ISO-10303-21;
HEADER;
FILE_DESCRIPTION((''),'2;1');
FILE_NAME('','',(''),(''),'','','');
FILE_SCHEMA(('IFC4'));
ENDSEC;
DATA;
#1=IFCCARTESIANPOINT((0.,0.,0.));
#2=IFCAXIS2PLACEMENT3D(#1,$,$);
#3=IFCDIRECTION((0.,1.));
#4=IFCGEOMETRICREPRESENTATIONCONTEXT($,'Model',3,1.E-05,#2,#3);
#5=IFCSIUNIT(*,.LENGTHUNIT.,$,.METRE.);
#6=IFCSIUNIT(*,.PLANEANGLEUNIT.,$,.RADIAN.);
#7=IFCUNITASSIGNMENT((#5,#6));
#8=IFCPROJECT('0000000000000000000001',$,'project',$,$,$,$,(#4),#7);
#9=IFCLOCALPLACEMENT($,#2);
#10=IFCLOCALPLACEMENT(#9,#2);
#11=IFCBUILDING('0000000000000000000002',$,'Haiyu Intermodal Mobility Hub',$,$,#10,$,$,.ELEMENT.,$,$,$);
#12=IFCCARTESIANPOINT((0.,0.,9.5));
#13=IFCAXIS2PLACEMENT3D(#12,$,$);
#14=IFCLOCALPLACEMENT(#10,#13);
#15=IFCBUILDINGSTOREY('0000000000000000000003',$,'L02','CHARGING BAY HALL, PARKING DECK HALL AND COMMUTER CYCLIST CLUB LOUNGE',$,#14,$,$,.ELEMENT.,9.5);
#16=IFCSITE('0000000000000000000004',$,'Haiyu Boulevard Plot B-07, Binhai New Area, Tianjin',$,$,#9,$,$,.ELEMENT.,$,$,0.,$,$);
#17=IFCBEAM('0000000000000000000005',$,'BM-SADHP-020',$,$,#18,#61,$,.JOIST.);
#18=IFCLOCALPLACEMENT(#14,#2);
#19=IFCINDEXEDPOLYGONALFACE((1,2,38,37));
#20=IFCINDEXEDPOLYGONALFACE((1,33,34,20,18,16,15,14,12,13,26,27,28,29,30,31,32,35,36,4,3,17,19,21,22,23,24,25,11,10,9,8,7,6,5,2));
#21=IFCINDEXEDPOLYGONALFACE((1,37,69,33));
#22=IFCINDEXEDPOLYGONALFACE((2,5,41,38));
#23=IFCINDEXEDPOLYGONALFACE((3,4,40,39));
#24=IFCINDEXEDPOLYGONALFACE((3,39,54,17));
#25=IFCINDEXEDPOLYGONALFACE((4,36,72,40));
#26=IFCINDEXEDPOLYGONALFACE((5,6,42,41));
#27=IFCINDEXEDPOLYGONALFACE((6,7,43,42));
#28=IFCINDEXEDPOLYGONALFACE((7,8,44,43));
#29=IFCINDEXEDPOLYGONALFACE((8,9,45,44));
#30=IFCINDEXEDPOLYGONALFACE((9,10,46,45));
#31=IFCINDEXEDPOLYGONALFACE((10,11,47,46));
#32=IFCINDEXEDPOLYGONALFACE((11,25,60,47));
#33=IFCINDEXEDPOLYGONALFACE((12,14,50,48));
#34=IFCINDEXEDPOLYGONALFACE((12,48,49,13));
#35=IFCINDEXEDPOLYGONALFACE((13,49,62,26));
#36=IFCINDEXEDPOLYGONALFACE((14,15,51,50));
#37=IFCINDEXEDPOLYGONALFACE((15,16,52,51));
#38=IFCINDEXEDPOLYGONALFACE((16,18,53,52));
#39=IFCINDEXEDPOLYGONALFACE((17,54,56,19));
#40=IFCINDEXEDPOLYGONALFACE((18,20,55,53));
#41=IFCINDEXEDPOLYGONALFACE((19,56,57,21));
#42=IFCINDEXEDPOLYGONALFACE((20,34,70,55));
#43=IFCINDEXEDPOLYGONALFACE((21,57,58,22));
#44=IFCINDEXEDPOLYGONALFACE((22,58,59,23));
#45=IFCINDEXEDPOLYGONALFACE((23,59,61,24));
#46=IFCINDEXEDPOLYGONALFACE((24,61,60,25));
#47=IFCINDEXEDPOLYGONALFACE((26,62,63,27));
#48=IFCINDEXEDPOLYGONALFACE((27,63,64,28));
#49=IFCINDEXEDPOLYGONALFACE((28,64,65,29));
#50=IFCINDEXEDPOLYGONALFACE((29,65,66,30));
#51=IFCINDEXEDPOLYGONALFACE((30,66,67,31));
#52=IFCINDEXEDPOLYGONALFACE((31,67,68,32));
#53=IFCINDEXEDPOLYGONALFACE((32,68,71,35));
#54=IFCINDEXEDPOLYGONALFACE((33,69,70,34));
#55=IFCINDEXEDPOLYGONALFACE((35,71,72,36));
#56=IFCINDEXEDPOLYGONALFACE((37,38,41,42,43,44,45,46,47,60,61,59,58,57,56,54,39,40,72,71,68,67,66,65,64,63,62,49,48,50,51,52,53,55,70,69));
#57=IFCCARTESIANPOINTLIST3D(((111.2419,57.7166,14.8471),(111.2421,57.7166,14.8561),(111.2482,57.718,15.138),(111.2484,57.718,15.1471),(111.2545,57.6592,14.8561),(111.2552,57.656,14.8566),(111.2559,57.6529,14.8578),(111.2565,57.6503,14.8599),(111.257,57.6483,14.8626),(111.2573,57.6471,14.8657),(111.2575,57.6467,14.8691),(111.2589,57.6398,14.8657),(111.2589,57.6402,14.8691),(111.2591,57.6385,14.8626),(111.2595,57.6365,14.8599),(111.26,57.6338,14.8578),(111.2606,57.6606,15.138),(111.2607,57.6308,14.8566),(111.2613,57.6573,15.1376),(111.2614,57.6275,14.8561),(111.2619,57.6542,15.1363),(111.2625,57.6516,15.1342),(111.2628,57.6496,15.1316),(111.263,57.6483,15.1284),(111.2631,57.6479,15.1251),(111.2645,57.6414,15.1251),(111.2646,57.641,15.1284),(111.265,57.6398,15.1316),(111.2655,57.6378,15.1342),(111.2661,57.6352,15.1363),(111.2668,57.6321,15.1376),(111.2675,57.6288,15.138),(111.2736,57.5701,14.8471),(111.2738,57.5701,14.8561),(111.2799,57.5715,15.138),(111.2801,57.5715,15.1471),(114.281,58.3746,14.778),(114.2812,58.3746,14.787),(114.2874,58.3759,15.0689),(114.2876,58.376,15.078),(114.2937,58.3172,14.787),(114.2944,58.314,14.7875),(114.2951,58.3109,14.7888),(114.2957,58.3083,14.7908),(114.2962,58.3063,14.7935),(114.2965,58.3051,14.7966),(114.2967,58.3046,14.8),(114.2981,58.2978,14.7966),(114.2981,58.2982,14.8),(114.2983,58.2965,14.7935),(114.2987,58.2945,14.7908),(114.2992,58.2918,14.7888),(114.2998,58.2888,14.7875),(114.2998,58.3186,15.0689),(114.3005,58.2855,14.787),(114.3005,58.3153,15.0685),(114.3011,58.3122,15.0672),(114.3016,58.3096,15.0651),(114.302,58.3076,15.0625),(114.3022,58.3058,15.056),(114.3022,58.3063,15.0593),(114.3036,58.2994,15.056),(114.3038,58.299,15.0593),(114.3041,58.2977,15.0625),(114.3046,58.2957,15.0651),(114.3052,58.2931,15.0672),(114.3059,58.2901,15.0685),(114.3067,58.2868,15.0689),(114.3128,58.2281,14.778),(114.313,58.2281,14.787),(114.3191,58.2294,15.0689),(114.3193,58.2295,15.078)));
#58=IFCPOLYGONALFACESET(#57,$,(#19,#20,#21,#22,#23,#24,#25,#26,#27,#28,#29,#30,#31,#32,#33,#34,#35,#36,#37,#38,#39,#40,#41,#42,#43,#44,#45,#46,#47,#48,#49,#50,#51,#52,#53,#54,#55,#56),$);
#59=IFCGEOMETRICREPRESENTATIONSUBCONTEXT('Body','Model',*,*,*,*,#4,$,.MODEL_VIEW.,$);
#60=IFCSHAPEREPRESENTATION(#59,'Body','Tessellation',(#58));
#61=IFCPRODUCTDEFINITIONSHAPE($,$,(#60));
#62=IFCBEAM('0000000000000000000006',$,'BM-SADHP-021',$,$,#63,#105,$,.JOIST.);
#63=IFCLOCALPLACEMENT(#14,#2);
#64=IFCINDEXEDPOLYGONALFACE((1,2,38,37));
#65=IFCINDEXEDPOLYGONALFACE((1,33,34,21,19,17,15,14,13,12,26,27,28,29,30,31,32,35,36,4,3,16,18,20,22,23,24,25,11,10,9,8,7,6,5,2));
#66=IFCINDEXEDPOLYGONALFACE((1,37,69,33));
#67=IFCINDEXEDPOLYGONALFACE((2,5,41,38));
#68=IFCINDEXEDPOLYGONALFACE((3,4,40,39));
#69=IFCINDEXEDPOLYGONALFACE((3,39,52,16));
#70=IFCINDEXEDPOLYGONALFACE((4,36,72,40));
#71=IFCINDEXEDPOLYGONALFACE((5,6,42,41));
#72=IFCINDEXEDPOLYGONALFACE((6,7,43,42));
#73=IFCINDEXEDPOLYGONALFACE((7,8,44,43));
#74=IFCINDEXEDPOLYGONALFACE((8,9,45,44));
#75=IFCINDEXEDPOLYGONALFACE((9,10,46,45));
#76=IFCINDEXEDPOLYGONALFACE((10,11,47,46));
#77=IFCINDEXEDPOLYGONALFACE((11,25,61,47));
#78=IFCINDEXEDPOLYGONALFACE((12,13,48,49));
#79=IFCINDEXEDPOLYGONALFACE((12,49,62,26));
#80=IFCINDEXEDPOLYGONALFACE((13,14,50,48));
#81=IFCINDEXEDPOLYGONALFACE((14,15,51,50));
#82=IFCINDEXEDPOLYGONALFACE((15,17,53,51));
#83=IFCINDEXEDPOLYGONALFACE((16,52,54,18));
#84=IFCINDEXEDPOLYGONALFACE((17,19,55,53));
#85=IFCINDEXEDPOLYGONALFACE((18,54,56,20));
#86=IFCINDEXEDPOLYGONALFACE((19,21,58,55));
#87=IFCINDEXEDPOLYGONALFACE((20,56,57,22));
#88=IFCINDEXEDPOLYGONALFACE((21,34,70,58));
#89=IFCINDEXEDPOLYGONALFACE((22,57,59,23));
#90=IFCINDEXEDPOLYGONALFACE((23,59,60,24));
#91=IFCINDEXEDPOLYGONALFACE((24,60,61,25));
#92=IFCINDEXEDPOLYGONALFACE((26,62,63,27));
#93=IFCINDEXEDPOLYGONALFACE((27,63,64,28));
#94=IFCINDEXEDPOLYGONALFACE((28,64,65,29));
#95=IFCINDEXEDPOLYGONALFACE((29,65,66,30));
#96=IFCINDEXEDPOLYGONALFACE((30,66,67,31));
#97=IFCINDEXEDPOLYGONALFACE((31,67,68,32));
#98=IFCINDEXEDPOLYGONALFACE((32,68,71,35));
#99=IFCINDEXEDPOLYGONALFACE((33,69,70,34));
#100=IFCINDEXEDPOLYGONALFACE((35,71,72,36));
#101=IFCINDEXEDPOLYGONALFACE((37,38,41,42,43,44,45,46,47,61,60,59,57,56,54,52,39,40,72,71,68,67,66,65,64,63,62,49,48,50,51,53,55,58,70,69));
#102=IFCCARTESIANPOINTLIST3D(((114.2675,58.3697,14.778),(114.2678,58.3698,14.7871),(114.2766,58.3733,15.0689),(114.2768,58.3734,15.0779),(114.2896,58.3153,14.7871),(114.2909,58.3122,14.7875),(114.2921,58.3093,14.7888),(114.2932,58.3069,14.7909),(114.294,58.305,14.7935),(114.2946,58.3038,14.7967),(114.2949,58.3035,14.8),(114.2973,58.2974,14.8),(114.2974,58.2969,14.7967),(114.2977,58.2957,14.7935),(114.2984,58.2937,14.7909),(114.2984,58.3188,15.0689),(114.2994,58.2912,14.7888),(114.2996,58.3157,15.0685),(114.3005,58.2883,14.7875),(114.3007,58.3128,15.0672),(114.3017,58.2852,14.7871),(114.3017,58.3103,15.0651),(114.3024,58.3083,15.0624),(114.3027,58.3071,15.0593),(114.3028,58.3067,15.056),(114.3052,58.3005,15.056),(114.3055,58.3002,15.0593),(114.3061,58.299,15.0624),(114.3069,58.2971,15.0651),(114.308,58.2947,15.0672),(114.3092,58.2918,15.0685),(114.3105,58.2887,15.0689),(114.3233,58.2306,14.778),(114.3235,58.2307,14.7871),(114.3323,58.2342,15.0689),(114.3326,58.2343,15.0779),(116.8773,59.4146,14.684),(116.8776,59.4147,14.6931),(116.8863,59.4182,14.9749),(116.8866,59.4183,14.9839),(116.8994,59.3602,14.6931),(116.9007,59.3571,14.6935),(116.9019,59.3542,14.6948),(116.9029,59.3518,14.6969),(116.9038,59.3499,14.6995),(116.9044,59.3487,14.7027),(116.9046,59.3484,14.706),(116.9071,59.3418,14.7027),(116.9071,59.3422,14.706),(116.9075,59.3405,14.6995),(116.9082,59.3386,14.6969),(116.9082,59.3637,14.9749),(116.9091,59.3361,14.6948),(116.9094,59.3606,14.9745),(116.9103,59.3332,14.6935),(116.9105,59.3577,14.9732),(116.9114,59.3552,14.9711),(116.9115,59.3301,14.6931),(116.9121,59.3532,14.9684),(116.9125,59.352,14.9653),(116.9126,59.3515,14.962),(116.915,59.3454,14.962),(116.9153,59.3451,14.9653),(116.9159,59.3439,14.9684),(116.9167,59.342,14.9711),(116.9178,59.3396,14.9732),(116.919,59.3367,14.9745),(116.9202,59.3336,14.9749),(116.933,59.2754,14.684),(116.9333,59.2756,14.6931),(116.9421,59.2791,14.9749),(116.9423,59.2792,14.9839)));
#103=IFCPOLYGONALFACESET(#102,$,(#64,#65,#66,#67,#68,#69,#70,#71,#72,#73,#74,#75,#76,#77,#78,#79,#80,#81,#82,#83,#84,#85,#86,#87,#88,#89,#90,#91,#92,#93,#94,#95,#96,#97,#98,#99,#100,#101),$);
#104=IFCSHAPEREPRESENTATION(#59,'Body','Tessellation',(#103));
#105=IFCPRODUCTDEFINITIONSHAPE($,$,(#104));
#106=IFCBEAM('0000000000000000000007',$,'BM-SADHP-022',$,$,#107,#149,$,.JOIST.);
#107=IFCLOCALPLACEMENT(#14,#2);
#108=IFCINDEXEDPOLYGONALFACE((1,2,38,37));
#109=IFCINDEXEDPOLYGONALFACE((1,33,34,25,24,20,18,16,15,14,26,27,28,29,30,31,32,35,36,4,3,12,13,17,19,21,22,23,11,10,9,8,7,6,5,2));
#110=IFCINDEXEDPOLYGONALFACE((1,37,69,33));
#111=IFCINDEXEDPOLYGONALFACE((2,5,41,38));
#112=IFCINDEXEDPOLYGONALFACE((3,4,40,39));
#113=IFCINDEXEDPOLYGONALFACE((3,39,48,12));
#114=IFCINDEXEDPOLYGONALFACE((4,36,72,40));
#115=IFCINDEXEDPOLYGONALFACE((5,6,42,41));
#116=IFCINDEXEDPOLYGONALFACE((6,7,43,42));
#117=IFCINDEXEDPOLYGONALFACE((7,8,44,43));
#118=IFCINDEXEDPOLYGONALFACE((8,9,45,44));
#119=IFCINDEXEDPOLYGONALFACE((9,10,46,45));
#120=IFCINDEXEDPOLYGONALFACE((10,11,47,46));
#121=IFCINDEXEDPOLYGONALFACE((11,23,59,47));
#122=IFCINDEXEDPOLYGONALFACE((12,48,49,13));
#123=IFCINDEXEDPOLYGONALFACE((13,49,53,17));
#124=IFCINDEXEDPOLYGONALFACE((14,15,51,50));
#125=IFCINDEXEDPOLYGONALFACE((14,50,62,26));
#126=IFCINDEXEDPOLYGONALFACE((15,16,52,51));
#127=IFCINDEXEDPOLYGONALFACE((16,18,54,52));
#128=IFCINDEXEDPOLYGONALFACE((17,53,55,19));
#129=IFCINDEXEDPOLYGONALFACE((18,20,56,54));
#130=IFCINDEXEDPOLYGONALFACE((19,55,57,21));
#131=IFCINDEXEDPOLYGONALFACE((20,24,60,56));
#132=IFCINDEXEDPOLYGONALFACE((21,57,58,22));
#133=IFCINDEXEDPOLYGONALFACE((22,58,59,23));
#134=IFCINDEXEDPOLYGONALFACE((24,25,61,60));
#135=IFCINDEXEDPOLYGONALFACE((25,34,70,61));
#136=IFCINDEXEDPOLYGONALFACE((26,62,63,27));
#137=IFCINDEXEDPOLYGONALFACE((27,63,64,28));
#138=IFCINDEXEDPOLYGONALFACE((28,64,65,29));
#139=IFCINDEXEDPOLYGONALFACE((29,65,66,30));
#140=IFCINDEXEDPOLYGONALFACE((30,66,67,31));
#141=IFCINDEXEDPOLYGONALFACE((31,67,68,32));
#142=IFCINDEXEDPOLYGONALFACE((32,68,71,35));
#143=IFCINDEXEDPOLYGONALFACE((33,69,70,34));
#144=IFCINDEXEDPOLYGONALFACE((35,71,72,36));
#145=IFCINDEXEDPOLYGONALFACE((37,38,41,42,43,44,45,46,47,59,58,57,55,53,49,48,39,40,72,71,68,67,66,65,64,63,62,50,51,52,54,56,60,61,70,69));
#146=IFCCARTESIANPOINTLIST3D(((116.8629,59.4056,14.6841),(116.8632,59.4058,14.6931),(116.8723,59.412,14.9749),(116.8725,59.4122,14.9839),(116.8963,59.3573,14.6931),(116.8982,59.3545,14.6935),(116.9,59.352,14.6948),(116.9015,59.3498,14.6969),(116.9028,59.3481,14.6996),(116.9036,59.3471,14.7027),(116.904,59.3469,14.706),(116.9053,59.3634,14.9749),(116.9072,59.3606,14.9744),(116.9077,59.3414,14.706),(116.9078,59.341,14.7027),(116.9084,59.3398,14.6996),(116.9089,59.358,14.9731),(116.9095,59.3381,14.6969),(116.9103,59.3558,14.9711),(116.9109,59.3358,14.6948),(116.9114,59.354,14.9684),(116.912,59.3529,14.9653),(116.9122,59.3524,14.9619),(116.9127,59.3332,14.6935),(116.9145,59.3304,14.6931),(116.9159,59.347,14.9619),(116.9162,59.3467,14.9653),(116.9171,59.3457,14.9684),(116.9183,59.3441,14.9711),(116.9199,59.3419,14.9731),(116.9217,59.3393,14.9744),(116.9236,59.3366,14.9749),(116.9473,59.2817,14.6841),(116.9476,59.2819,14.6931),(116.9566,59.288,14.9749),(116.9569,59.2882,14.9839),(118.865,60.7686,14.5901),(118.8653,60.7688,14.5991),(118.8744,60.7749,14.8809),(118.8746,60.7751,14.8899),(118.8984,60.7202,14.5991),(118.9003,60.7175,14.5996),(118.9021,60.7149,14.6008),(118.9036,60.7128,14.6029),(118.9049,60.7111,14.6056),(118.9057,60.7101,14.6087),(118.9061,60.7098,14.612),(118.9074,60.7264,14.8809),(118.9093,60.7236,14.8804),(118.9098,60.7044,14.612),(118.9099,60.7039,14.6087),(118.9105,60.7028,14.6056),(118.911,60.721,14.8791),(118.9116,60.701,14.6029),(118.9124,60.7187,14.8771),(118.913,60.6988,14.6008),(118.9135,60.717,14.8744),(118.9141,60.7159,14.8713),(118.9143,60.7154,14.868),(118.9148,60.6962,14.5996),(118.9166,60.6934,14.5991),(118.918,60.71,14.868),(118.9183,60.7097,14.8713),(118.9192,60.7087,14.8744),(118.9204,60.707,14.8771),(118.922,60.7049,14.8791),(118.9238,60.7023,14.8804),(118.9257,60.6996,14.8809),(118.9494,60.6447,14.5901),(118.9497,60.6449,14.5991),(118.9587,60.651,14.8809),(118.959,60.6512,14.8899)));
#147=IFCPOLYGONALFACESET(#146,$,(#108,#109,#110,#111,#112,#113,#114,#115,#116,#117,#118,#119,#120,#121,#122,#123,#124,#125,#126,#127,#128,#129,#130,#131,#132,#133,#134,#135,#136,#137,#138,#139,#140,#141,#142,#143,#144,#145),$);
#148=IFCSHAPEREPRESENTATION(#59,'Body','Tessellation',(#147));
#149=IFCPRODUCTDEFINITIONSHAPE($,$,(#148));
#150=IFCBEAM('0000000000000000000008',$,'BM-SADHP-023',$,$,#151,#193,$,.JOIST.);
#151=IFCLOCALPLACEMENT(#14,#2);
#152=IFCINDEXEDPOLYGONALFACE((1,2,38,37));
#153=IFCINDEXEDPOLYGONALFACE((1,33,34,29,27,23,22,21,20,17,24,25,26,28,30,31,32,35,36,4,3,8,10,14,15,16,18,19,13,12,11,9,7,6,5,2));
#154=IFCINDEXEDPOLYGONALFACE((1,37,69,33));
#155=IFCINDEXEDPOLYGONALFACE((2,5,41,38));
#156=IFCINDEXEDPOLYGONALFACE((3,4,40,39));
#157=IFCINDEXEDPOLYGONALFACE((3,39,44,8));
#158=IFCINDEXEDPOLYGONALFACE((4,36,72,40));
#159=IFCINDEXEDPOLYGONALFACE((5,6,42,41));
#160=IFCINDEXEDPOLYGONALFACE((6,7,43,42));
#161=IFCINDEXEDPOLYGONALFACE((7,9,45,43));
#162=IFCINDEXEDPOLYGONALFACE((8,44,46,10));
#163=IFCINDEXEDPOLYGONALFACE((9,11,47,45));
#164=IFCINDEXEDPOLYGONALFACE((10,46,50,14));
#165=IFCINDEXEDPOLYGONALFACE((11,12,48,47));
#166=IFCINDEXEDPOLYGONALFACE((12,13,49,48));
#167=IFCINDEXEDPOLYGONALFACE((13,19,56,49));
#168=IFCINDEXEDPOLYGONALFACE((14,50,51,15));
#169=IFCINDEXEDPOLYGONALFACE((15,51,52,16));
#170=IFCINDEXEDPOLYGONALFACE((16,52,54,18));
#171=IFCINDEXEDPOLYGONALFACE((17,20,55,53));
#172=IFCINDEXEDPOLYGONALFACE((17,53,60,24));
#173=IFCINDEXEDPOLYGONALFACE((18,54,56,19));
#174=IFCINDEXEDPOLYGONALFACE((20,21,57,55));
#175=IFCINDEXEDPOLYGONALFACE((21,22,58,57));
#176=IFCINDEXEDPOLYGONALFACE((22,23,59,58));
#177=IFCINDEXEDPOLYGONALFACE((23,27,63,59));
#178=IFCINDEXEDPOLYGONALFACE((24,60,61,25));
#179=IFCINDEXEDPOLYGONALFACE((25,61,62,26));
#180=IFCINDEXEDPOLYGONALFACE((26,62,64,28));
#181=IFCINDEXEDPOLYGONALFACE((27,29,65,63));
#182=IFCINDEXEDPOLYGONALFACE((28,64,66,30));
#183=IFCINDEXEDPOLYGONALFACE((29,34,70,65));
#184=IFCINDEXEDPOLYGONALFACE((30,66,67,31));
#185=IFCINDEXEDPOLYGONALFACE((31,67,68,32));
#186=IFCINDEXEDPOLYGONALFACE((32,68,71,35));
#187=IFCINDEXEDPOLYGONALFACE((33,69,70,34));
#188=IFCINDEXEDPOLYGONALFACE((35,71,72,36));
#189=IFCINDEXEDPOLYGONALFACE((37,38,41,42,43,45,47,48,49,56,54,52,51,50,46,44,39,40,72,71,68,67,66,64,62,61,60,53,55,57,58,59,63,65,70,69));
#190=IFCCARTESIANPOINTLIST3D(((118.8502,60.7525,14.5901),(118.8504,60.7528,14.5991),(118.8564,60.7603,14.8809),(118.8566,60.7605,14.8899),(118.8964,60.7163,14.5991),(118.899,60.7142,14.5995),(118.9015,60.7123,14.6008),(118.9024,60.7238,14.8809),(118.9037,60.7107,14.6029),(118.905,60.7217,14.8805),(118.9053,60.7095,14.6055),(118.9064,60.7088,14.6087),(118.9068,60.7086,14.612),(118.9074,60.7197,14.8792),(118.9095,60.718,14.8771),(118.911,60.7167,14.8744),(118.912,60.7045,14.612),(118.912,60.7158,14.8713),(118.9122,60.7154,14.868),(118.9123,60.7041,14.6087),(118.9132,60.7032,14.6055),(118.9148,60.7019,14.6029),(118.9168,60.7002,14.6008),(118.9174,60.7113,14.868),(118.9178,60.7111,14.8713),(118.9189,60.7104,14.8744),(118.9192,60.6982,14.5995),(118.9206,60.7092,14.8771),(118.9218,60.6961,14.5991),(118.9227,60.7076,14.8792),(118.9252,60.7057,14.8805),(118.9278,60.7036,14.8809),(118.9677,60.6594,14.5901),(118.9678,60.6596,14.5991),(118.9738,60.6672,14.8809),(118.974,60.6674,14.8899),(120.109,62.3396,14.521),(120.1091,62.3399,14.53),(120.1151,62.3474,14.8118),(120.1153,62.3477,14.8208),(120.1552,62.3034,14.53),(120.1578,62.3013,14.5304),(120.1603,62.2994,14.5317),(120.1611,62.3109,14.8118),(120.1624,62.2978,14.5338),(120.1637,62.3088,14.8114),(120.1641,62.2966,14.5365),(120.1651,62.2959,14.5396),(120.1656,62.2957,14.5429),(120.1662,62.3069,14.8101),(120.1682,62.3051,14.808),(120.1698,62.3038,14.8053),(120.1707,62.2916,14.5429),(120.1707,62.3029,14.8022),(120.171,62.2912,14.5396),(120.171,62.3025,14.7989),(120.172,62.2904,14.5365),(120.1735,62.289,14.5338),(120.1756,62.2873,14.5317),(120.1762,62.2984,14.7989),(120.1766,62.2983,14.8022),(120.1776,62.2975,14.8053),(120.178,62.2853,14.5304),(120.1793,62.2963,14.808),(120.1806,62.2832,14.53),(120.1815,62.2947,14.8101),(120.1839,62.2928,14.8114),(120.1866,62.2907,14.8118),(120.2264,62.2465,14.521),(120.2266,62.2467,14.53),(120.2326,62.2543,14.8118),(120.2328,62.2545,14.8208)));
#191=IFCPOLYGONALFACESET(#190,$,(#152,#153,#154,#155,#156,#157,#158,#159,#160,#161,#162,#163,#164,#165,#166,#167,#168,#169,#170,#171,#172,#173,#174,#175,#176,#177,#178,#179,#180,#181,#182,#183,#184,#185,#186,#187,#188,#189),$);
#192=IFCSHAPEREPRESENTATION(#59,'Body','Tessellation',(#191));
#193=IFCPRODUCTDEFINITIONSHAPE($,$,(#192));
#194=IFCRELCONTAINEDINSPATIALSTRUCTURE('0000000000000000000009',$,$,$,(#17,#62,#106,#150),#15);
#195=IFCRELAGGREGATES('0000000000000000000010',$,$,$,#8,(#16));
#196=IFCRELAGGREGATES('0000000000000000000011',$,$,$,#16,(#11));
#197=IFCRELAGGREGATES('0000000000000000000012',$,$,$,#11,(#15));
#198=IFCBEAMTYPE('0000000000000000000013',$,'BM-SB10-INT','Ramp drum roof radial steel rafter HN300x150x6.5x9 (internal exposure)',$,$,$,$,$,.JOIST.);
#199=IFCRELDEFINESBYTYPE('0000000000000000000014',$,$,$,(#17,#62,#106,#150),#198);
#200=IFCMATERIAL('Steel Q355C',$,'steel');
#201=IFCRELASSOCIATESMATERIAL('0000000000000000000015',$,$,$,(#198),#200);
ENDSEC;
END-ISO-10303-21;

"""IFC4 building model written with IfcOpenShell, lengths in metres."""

from ifc_helpers import new_model, si_unit, direction, frame, origin, origin_2d, place, context, subcontext, project, spatial, i_section, extrude, material, material_profile, profile_set, type_object, element, save


model = new_model("IFC4")

# Units and contexts
model_context = context("Model", 3, precision=1e-05, world=origin(), true_north=direction((0.0, 1.0)))
body_context = subcontext(model_context, "Body", "Model", "MODEL_VIEW")
ifc_project = project(units=[si_unit("LENGTHUNIT", "METRE"), si_unit("PLANEANGLEUNIT", "RADIAN")], contexts=[model_context])

# Site, building, storey
site_placement = place(None, origin())
site = spatial("IfcSite", under=ifc_project, at=site_placement, Name="Haiyu Boulevard Plot B-07, Binhai New Area, Tianjin", CompositionType="ELEMENT", RefElevation=0.0)
building_placement = place(site_placement, origin())
building = spatial("IfcBuilding", under=site, at=building_placement, Name="Haiyu Intermodal Mobility Hub", CompositionType="ELEMENT")
storey_placement = place(building_placement, frame((0.0, 0.0, 9.5)))
storey = spatial("IfcBuildingStorey", under=building, at=storey_placement, Name="L02", Description="CHARGING BAY HALL, PARKING DECK HALL AND COMMUTER CYCLIST CLUB LOUNGE", CompositionType="ELEMENT", Elevation=9.5)

# Shared definitions
ifc_material_1 = material(Name="Steel Q355C", Category="steel")

# Beams
ifc_material_profile_1 = material_profile(ifc_material_1, i_section(OverallWidth=0.1499, OverallDepth=0.3, WebThickness=0.0066, FlangeThickness=0.009, FilletRadius=0.0129, at=origin_2d()), Name="HN300x150x6.5x9")
ifc_profile_set_1 = profile_set([ifc_material_profile_1], Name="Steel Q355C")
beam_type_1 = type_object("IfcBeamType", Name="BM-SB10-INT", Description="Ramp drum roof radial steel rafter HN300x150x6.5x9 (internal exposure)", PredefinedType="JOIST", material=ifc_profile_set_1)
beam_1_placement = place(storey_placement, frame((111.261, 57.644, 14.9971), z_axis=(0.977116, 0.211546, -0.022214), x_axis=(-0.211598, 0.977357, 0.0)))
element("IfcBeam", 1, at=beam_1_placement, inside=storey, type_object=beam_type_1, Name="BM-SADHP-020", PredefinedType="JOIST", context=body_context, shape_type="SweptSolid", body=[
    extrude(i_section(OverallWidth=0.1499, OverallDepth=0.3, WebThickness=0.0066, FlangeThickness=0.009, FilletRadius=0.0129, at=origin_2d()), origin(), (0.0, 0.0, 1.0), 3.1104),
])
beam_2_placement = place(storey_placement, frame((114.3, 58.302, 14.928), z_axis=(0.927838, 0.371483, -0.033416), x_axis=(-0.37169, 0.928357, 0.0)))
element("IfcBeam", 2, at=beam_2_placement, inside=storey, type_object=beam_type_1, Name="BM-SADHP-021", PredefinedType="JOIST", context=body_context, shape_type="SweptSolid", body=[
    extrude(i_section(OverallWidth=0.1499, OverallDepth=0.3, WebThickness=0.0066, FlangeThickness=0.009, FilletRadius=0.0129, at=origin_2d()), origin(), (0.0, 0.0, 1.0), 2.8127),
])
beam_3_placement = place(storey_placement, frame((116.9099, 59.3469, 14.834), z_axis=(0.826008, 0.562322, -0.038777), x_axis=(-0.562746, 0.82663, 0.0)))
element("IfcBeam", 3, at=beam_3_placement, inside=storey, type_object=beam_type_1, Name="BM-SADHP-022", PredefinedType="JOIST", context=body_context, shape_type="SweptSolid", body=[
    extrude(i_section(OverallWidth=0.1499, OverallDepth=0.3, WebThickness=0.0066, FlangeThickness=0.009, FilletRadius=0.0129, at=origin_2d()), origin(), (0.0, 0.0, 1.0), 2.4238),
])
beam_4_placement = place(storey_placement, frame((118.9121, 60.71, 14.74), z_axis=(0.621036, 0.78304, -0.034087), x_axis=(-0.783496, 0.621397, 0.0)))
element("IfcBeam", 4, at=beam_4_placement, inside=storey, type_object=beam_type_1, Name="BM-SADHP-023", PredefinedType="JOIST", context=body_context, shape_type="SweptSolid", body=[
    extrude(i_section(OverallWidth=0.1499, OverallDepth=0.3, WebThickness=0.0066, FlangeThickness=0.009, FilletRadius=0.0129, at=origin_2d()), origin(), (0.0, 0.0, 1.0), 2.0269),
])

save(model, "model.ifc")
